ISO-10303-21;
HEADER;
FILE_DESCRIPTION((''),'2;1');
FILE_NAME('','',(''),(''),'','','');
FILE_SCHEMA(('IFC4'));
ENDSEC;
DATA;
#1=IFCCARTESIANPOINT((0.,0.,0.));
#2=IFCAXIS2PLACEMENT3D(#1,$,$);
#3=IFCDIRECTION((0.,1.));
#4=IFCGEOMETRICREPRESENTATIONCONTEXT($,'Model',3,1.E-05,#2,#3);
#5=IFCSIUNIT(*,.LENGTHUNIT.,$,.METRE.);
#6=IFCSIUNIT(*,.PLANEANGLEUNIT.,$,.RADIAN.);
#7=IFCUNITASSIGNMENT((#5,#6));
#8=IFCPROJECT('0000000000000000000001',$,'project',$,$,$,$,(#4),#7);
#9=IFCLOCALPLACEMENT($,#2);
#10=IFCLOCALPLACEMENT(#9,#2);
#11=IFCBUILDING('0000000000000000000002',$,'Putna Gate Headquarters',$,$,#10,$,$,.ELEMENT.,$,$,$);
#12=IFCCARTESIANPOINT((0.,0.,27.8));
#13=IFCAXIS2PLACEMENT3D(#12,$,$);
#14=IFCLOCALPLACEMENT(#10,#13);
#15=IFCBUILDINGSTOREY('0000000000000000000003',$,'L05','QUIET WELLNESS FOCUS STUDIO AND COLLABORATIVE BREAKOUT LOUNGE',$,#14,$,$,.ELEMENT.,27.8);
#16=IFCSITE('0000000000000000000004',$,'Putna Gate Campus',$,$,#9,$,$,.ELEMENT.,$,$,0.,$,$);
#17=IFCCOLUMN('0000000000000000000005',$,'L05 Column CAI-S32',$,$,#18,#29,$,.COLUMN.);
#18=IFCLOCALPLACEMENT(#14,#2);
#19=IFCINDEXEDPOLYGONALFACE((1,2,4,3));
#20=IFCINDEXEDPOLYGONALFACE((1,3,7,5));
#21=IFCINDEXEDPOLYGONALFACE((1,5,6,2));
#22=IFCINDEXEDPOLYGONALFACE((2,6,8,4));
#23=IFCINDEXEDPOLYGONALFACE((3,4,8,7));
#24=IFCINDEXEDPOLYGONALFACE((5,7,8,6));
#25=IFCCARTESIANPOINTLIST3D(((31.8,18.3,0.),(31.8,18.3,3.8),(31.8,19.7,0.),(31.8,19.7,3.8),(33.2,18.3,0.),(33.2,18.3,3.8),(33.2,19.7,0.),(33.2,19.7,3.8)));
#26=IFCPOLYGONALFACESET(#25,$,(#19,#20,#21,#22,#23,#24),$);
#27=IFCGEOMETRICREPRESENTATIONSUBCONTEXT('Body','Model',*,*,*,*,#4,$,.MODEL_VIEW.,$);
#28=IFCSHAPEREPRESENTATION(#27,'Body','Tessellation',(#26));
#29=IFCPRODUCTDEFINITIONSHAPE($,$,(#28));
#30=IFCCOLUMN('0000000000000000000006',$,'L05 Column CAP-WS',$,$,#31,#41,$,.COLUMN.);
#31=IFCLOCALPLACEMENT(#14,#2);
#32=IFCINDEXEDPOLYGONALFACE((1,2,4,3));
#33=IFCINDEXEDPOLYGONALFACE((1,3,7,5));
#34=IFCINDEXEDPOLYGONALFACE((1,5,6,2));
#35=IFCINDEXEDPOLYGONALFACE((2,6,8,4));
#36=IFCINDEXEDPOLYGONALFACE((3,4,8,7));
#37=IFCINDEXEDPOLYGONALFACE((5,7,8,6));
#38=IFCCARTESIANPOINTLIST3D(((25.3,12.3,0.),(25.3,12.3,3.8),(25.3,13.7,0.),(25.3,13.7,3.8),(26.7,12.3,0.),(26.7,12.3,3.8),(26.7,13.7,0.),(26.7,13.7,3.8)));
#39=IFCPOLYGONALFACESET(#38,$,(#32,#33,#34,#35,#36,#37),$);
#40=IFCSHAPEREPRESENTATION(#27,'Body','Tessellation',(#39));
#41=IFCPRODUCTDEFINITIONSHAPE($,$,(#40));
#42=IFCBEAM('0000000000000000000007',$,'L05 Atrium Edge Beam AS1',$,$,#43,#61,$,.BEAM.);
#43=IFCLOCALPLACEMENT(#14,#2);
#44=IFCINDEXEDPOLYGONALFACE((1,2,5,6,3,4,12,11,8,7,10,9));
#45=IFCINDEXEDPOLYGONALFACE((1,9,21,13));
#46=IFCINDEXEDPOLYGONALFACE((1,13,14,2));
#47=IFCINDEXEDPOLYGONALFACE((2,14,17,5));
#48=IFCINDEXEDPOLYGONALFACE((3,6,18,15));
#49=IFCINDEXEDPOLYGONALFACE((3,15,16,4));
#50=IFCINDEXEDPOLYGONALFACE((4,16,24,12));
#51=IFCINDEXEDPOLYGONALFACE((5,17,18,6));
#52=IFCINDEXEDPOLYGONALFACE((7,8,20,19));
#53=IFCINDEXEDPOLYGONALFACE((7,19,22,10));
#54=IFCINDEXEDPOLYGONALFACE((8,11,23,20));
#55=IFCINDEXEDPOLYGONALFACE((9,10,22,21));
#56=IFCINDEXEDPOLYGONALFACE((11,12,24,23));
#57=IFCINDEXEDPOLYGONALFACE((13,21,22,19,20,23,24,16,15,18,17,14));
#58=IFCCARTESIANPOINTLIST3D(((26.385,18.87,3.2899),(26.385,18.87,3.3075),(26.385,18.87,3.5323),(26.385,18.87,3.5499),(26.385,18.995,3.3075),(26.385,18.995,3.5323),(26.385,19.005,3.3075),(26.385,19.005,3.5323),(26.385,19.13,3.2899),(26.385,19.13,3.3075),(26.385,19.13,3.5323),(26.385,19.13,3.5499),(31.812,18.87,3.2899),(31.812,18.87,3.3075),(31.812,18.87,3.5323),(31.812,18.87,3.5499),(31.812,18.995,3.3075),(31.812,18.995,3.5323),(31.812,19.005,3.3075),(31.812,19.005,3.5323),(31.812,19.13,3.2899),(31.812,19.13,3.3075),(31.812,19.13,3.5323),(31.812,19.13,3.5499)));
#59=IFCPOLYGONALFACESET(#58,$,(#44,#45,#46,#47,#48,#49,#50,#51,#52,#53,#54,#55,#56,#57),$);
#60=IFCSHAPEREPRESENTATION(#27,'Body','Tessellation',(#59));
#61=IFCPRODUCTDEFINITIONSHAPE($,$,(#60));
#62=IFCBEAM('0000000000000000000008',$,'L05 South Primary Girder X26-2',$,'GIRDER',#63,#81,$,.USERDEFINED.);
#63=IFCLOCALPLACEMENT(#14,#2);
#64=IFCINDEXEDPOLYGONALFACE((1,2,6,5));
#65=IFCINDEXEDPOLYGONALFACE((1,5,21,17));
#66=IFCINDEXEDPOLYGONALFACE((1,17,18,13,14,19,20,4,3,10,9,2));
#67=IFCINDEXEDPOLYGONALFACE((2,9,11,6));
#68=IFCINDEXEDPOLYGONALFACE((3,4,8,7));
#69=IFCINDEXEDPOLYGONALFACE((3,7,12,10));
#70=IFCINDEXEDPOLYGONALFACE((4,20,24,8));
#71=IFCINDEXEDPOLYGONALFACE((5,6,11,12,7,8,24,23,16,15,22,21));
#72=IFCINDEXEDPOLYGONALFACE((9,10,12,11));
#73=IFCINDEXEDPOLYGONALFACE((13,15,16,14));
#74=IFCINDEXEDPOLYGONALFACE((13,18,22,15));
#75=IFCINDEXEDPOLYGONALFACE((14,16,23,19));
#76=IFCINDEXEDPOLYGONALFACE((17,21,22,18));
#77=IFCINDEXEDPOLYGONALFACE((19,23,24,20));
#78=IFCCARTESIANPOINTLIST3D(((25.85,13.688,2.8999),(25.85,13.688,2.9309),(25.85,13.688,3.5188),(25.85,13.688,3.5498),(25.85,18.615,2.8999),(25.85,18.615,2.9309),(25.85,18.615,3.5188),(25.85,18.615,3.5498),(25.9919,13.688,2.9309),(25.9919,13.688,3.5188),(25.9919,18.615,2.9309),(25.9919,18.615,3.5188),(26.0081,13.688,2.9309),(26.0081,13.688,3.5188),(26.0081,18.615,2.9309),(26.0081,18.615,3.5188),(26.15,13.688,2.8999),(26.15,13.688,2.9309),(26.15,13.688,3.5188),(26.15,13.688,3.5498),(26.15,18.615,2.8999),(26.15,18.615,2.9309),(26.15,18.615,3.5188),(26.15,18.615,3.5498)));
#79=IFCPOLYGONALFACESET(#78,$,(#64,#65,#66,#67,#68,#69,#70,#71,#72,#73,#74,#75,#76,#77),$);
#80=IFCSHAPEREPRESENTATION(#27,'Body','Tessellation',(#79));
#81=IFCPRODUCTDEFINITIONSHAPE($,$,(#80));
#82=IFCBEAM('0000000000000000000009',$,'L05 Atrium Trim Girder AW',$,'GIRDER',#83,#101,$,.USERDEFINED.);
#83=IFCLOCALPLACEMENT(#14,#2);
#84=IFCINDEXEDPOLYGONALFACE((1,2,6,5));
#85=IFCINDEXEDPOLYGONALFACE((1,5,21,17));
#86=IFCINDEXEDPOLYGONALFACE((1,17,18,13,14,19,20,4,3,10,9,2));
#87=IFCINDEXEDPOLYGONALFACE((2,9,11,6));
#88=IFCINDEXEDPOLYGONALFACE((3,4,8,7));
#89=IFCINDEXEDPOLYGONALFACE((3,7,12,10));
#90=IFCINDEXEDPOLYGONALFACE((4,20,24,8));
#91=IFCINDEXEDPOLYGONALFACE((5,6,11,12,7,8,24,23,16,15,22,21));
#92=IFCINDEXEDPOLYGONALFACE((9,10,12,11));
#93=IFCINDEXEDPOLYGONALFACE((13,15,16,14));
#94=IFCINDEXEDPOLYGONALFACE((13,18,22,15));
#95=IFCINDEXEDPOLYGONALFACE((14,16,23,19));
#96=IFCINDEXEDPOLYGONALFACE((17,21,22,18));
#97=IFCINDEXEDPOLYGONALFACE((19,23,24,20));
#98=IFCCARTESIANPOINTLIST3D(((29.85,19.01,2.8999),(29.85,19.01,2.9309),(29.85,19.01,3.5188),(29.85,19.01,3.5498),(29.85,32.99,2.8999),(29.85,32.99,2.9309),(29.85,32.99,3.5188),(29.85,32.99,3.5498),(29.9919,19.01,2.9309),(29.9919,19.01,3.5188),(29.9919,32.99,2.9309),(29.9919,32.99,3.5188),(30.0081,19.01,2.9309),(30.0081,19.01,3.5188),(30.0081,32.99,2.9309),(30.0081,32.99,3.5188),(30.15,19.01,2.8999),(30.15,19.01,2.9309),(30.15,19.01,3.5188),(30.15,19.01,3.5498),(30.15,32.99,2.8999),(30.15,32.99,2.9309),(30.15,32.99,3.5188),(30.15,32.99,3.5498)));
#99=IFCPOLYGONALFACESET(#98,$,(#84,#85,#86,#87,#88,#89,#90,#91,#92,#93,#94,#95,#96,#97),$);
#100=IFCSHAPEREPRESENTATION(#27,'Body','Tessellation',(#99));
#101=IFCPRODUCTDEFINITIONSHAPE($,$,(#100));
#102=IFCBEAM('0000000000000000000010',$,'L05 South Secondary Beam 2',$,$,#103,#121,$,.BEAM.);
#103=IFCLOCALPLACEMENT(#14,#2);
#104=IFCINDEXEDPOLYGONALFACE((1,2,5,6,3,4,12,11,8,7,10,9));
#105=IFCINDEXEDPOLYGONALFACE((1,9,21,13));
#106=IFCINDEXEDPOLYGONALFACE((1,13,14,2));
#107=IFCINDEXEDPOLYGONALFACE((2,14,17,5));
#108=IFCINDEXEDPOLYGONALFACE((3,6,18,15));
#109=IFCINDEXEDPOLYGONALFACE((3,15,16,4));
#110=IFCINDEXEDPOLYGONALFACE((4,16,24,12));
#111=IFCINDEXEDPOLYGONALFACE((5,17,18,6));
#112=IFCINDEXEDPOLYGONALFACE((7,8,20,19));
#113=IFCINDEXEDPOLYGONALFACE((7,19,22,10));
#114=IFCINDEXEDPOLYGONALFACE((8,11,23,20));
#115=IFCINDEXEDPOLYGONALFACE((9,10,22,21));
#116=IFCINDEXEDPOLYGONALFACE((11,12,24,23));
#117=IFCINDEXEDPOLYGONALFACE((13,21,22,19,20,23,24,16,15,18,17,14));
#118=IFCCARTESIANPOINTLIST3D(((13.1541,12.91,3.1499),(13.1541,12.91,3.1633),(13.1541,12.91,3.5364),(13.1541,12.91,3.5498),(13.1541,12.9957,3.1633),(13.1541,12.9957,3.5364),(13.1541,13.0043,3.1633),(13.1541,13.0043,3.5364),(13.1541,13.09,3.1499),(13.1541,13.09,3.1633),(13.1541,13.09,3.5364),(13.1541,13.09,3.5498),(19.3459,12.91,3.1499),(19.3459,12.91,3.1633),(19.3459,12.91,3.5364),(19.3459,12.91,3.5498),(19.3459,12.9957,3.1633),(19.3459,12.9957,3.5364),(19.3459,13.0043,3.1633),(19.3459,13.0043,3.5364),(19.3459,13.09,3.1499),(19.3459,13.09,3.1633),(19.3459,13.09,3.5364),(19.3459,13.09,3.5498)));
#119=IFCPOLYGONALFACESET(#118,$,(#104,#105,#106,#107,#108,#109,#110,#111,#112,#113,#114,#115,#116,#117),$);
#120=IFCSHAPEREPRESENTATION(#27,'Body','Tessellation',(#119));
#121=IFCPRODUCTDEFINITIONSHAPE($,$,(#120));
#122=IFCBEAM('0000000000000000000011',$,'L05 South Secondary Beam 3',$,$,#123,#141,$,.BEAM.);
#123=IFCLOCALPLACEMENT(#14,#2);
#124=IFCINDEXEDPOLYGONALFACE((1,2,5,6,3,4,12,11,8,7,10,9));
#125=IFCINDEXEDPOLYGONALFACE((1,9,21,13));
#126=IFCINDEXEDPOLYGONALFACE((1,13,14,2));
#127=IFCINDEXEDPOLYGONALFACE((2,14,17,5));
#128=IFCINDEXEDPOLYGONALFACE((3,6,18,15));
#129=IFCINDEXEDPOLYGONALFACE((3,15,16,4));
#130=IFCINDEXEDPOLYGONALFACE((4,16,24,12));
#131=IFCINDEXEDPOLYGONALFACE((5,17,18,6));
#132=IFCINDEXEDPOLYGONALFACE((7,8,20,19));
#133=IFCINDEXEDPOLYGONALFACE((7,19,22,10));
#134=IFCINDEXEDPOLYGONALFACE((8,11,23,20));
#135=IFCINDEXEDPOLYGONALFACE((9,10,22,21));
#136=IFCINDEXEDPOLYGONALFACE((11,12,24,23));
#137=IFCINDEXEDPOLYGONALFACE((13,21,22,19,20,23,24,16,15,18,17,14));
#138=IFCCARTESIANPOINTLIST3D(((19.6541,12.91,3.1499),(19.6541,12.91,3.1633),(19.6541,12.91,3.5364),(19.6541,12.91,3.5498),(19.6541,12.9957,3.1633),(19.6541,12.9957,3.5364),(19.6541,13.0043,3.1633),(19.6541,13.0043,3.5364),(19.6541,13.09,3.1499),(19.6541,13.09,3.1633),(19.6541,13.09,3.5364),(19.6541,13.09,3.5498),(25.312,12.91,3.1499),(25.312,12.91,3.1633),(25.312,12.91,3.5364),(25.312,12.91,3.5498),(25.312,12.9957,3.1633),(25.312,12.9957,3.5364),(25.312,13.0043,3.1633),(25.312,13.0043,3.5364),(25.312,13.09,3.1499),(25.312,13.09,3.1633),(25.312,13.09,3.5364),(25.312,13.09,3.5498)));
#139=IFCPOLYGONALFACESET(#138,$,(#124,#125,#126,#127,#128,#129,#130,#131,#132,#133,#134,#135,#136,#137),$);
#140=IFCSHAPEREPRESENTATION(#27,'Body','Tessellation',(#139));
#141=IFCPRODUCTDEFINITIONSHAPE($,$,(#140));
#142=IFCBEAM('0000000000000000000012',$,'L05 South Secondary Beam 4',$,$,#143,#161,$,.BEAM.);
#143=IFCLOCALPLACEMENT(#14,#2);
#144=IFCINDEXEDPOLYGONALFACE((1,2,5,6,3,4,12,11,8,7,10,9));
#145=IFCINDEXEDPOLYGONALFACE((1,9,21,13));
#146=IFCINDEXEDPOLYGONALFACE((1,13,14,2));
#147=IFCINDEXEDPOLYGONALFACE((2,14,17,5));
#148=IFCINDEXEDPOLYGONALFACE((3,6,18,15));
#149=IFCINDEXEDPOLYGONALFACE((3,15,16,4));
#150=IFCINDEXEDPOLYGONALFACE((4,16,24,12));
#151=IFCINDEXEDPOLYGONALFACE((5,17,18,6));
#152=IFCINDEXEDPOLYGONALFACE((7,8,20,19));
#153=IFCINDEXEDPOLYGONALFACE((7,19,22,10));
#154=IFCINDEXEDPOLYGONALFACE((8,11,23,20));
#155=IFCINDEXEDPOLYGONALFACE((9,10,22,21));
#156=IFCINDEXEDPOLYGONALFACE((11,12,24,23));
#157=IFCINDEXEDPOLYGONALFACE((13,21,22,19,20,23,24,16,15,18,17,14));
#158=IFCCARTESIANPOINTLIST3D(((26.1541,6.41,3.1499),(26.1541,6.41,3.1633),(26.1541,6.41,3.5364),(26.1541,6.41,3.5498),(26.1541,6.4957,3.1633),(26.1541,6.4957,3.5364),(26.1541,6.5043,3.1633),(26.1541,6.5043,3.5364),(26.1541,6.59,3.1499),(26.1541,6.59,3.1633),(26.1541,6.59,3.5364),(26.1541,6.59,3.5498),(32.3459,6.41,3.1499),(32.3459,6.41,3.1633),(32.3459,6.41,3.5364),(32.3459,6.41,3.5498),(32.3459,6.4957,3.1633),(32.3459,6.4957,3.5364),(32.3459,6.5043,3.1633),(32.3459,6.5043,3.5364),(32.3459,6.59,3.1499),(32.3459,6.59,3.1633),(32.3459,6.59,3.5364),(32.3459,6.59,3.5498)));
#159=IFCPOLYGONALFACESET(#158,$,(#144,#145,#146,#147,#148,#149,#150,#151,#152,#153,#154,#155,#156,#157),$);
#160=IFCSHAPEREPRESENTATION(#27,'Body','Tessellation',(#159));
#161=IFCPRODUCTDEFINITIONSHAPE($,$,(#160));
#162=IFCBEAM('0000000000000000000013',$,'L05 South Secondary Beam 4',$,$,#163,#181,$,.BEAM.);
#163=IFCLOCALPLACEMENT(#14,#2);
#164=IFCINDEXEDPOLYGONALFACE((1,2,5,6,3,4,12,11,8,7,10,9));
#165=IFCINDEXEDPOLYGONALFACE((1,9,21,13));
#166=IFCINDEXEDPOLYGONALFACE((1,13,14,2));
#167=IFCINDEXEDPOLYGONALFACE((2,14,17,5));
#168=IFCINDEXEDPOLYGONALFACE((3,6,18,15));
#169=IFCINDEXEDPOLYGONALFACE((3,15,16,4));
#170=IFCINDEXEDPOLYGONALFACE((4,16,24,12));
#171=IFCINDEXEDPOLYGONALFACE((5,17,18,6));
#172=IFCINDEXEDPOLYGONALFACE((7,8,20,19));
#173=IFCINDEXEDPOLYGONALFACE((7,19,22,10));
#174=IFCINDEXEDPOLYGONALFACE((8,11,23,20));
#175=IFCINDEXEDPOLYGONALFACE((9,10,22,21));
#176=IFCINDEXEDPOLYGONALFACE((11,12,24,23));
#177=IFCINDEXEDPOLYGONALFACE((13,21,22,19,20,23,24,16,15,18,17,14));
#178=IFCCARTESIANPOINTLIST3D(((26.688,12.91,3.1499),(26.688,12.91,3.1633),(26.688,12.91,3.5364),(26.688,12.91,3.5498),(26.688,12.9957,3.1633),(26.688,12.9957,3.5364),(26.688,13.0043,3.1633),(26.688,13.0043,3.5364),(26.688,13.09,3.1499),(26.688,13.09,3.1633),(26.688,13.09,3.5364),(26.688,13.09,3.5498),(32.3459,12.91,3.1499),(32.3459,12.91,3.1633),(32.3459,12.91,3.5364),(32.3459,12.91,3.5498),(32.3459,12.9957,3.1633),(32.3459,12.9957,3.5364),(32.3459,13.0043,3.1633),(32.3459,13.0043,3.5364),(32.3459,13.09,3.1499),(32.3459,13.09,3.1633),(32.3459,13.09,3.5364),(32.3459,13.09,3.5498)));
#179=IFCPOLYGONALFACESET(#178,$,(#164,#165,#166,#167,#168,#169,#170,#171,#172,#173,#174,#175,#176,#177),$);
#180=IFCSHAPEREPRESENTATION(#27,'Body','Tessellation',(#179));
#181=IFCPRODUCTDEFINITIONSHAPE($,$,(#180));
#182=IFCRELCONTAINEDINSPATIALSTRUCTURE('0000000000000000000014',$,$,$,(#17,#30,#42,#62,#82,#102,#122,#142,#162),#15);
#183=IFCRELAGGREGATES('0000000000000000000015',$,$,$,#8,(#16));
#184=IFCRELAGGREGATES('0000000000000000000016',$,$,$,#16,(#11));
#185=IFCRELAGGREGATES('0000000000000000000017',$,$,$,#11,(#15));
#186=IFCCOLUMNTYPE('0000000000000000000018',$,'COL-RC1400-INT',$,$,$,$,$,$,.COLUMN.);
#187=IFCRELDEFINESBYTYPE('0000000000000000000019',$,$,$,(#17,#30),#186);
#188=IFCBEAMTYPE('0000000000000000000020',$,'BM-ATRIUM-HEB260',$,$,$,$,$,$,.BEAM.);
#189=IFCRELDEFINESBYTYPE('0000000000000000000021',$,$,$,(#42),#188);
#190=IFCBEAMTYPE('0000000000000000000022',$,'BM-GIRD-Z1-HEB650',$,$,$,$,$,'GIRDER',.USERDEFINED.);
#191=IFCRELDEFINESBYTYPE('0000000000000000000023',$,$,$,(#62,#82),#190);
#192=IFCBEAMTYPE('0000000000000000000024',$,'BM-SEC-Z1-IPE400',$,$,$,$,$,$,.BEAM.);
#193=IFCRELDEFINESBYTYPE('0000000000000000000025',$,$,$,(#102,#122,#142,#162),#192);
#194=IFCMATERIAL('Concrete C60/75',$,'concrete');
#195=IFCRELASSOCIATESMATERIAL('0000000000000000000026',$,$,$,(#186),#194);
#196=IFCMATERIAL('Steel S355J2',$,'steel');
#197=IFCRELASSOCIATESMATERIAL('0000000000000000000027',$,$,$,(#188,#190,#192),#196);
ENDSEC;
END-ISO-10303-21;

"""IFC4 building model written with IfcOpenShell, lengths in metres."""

from ifc_helpers import new_model, si_unit, direction, frame, origin, origin_2d, place, context, subcontext, project, spatial, rectangle, i_section, extrude, material, material_profile, profile_set, type_object, element, save


model = new_model("IFC4")

# Units and contexts
model_context = context("Model", 3, precision=1e-05, world=origin(), true_north=direction((0.0, 1.0)))
body_context = subcontext(model_context, "Body", "Model", "MODEL_VIEW")
ifc_project = project(units=[si_unit("LENGTHUNIT", "METRE"), si_unit("PLANEANGLEUNIT", "RADIAN")], contexts=[model_context])

# Site, building, storey
site_placement = place(None, origin())
site = spatial("IfcSite", under=ifc_project, at=site_placement, Name="Putna Gate Campus", CompositionType="ELEMENT", RefElevation=0.0)
building_placement = place(site_placement, origin())
building = spatial("IfcBuilding", under=site, at=building_placement, Name="Putna Gate Headquarters", CompositionType="ELEMENT")
storey_placement = place(building_placement, frame((0.0, 0.0, 27.8)))
storey = spatial("IfcBuildingStorey", under=building, at=storey_placement, Name="L05", Description="QUIET WELLNESS FOCUS STUDIO AND COLLABORATIVE BREAKOUT LOUNGE", CompositionType="ELEMENT", Elevation=27.8)

# Columns
ifc_material_1 = material(Name="Concrete C60/75", Category="concrete")
ifc_material_profile_1 = material_profile(ifc_material_1, rectangle(XDim=1.3999, YDim=1.3999, at=origin_2d()), Name="Concrete C60/75")
ifc_profile_set_1 = profile_set([ifc_material_profile_1], Name="Concrete C60/75")
column_type = type_object("IfcColumnType", Name="COL-RC1400-INT", PredefinedType="COLUMN", material=ifc_profile_set_1)
for number, where, z_axis, x_axis, name in (
    (1, (32.5, 19.0, 0.0), (0.0, 0.0, 1.0), (1.0, 0.0, 0.0), "L05 Column CAI-S32"),
    (2, (26.0, 13.0, 0.0), (0.0, 0.0, 1.0), (1.0, 0.0, 0.0), "L05 Column CAP-WS"),
):
    element("IfcColumn", number, at=place(storey_placement, frame(where, z_axis=z_axis, x_axis=x_axis)), inside=storey, type_object=column_type, Name=name, PredefinedType="COLUMN", context=body_context, shape_type="SweptSolid", body=[
        extrude(rectangle(XDim=1.3999, YDim=1.3999, at=origin_2d()), origin(), (0.0, 0.0, 1.0), 3.8),
    ])

# Beams
ifc_material_2 = material(Name="Steel S355J2", Category="steel")
ifc_material_profile_2 = material_profile(ifc_material_2, i_section(OverallWidth=0.26, OverallDepth=0.26, WebThickness=0.01, FlangeThickness=0.0176, at=origin_2d()), Name="Steel S355J2")
ifc_profile_set_2 = profile_set([ifc_material_profile_2], Name="Steel S355J2")
beam_type_1 = type_object("IfcBeamType", Name="BM-ATRIUM-HEB260", PredefinedType="BEAM", material=ifc_profile_set_2)
beam_1_placement = place(storey_placement, frame((26.385, 19.0, 3.4199), z_axis=(1.0, 0.0, 0.0), x_axis=(0.0, 1.0, 0.0)))
element("IfcBeam", 3, at=beam_1_placement, inside=storey, type_object=beam_type_1, Name="L05 Atrium Edge Beam AS1", PredefinedType="BEAM", context=body_context, shape_type="SweptSolid", body=[
    extrude(i_section(OverallWidth=0.26, OverallDepth=0.26, WebThickness=0.01, FlangeThickness=0.0176, at=origin_2d()), origin(), (0.0, 0.0, 1.0), 5.427),
])
ifc_material_profile_3 = material_profile(ifc_material_2, i_section(OverallWidth=0.3, OverallDepth=0.6499, WebThickness=0.0161, FlangeThickness=0.031, at=origin_2d()), Name="Steel S355J2")
ifc_profile_set_3 = profile_set([ifc_material_profile_3], Name="Steel S355J2")
beam_type_2 = type_object("IfcBeamType", Name="BM-GIRD-Z1-HEB650", ElementType="GIRDER", PredefinedType="USERDEFINED", material=ifc_profile_set_3)
beam_2_placement = place(storey_placement, frame((26.0, 13.688, 3.2249), z_axis=(0.0, 1.0, 0.0), x_axis=(-1.0, 0.0, 0.0)))
element("IfcBeam", 4, at=beam_2_placement, inside=storey, type_object=beam_type_2, Name="L05 South Primary Girder X26-2", ObjectType="GIRDER", PredefinedType="USERDEFINED", context=body_context, shape_type="SweptSolid", body=[
    extrude(i_section(OverallWidth=0.3, OverallDepth=0.6499, WebThickness=0.0161, FlangeThickness=0.031, at=origin_2d()), origin(), (0.0, 0.0, 1.0), 4.927),
])
beam_3_placement = place(storey_placement, frame((30.0, 19.01, 3.2249), z_axis=(0.0, 1.0, 0.0), x_axis=(-1.0, 0.0, 0.0)))
element("IfcBeam", 5, at=beam_3_placement, inside=storey, type_object=beam_type_2, Name="L05 Atrium Trim Girder AW", ObjectType="GIRDER", PredefinedType="USERDEFINED", context=body_context, shape_type="SweptSolid", body=[
    extrude(i_section(OverallWidth=0.3, OverallDepth=0.6499, WebThickness=0.0161, FlangeThickness=0.031, at=origin_2d()), origin(), (0.0, 0.0, 1.0), 13.98),
])
ifc_material_profile_4 = material_profile(ifc_material_2, i_section(OverallWidth=0.1799, OverallDepth=0.3999, WebThickness=0.0085, FlangeThickness=0.0134, at=origin_2d()), Name="Steel S355J2")
ifc_profile_set_4 = profile_set([ifc_material_profile_4], Name="Steel S355J2")
beam_type_3 = type_object("IfcBeamType", Name="BM-SEC-Z1-IPE400", PredefinedType="BEAM", material=ifc_profile_set_4)
beam_4_placement = place(storey_placement, frame((13.1541, 13.0, 3.3499), z_axis=(1.0, 0.0, 0.0), x_axis=(0.0, 1.0, 0.0)))
element("IfcBeam", 6, at=beam_4_placement, inside=storey, type_object=beam_type_3, Name="L05 South Secondary Beam 2", PredefinedType="BEAM", context=body_context, shape_type="SweptSolid", body=[
    extrude(i_section(OverallWidth=0.1799, OverallDepth=0.3999, WebThickness=0.0085, FlangeThickness=0.0134, at=origin_2d()), origin(), (0.0, 0.0, 1.0), 6.1919),
])
beam_5_placement = place(storey_placement, frame((19.6541, 13.0, 3.3499), z_axis=(1.0, 0.0, 0.0), x_axis=(0.0, 1.0, 0.0)))
element("IfcBeam", 7, at=beam_5_placement, inside=storey, type_object=beam_type_3, Name="L05 South Secondary Beam 3", PredefinedType="BEAM", context=body_context, shape_type="SweptSolid", body=[
    extrude(i_section(OverallWidth=0.1799, OverallDepth=0.3999, WebThickness=0.0085, FlangeThickness=0.0134, at=origin_2d()), origin(), (0.0, 0.0, 1.0), 5.658),
])
beam_6_placement = place(storey_placement, frame((26.1541, 6.5, 3.3499), z_axis=(1.0, 0.0, 0.0), x_axis=(0.0, 1.0, 0.0)))
element("IfcBeam", 8, at=beam_6_placement, inside=storey, type_object=beam_type_3, Name="L05 South Secondary Beam 4", PredefinedType="BEAM", context=body_context, shape_type="SweptSolid", body=[
    extrude(i_section(OverallWidth=0.1799, OverallDepth=0.3999, WebThickness=0.0085, FlangeThickness=0.0134, at=origin_2d()), origin(), (0.0, 0.0, 1.0), 6.1919),
])
beam_7_placement = place(storey_placement, frame((26.688, 13.0, 3.3499), z_axis=(1.0, 0.0, 0.0), x_axis=(0.0, 1.0, 0.0)))
element("IfcBeam", 9, at=beam_7_placement, inside=storey, type_object=beam_type_3, Name="L05 South Secondary Beam 4", PredefinedType="BEAM", context=body_context, shape_type="SweptSolid", body=[
    extrude(i_section(OverallWidth=0.1799, OverallDepth=0.3999, WebThickness=0.0085, FlangeThickness=0.0134, at=origin_2d()), origin(), (0.0, 0.0, 1.0), 5.658),
])

save(model, "model.ifc")
